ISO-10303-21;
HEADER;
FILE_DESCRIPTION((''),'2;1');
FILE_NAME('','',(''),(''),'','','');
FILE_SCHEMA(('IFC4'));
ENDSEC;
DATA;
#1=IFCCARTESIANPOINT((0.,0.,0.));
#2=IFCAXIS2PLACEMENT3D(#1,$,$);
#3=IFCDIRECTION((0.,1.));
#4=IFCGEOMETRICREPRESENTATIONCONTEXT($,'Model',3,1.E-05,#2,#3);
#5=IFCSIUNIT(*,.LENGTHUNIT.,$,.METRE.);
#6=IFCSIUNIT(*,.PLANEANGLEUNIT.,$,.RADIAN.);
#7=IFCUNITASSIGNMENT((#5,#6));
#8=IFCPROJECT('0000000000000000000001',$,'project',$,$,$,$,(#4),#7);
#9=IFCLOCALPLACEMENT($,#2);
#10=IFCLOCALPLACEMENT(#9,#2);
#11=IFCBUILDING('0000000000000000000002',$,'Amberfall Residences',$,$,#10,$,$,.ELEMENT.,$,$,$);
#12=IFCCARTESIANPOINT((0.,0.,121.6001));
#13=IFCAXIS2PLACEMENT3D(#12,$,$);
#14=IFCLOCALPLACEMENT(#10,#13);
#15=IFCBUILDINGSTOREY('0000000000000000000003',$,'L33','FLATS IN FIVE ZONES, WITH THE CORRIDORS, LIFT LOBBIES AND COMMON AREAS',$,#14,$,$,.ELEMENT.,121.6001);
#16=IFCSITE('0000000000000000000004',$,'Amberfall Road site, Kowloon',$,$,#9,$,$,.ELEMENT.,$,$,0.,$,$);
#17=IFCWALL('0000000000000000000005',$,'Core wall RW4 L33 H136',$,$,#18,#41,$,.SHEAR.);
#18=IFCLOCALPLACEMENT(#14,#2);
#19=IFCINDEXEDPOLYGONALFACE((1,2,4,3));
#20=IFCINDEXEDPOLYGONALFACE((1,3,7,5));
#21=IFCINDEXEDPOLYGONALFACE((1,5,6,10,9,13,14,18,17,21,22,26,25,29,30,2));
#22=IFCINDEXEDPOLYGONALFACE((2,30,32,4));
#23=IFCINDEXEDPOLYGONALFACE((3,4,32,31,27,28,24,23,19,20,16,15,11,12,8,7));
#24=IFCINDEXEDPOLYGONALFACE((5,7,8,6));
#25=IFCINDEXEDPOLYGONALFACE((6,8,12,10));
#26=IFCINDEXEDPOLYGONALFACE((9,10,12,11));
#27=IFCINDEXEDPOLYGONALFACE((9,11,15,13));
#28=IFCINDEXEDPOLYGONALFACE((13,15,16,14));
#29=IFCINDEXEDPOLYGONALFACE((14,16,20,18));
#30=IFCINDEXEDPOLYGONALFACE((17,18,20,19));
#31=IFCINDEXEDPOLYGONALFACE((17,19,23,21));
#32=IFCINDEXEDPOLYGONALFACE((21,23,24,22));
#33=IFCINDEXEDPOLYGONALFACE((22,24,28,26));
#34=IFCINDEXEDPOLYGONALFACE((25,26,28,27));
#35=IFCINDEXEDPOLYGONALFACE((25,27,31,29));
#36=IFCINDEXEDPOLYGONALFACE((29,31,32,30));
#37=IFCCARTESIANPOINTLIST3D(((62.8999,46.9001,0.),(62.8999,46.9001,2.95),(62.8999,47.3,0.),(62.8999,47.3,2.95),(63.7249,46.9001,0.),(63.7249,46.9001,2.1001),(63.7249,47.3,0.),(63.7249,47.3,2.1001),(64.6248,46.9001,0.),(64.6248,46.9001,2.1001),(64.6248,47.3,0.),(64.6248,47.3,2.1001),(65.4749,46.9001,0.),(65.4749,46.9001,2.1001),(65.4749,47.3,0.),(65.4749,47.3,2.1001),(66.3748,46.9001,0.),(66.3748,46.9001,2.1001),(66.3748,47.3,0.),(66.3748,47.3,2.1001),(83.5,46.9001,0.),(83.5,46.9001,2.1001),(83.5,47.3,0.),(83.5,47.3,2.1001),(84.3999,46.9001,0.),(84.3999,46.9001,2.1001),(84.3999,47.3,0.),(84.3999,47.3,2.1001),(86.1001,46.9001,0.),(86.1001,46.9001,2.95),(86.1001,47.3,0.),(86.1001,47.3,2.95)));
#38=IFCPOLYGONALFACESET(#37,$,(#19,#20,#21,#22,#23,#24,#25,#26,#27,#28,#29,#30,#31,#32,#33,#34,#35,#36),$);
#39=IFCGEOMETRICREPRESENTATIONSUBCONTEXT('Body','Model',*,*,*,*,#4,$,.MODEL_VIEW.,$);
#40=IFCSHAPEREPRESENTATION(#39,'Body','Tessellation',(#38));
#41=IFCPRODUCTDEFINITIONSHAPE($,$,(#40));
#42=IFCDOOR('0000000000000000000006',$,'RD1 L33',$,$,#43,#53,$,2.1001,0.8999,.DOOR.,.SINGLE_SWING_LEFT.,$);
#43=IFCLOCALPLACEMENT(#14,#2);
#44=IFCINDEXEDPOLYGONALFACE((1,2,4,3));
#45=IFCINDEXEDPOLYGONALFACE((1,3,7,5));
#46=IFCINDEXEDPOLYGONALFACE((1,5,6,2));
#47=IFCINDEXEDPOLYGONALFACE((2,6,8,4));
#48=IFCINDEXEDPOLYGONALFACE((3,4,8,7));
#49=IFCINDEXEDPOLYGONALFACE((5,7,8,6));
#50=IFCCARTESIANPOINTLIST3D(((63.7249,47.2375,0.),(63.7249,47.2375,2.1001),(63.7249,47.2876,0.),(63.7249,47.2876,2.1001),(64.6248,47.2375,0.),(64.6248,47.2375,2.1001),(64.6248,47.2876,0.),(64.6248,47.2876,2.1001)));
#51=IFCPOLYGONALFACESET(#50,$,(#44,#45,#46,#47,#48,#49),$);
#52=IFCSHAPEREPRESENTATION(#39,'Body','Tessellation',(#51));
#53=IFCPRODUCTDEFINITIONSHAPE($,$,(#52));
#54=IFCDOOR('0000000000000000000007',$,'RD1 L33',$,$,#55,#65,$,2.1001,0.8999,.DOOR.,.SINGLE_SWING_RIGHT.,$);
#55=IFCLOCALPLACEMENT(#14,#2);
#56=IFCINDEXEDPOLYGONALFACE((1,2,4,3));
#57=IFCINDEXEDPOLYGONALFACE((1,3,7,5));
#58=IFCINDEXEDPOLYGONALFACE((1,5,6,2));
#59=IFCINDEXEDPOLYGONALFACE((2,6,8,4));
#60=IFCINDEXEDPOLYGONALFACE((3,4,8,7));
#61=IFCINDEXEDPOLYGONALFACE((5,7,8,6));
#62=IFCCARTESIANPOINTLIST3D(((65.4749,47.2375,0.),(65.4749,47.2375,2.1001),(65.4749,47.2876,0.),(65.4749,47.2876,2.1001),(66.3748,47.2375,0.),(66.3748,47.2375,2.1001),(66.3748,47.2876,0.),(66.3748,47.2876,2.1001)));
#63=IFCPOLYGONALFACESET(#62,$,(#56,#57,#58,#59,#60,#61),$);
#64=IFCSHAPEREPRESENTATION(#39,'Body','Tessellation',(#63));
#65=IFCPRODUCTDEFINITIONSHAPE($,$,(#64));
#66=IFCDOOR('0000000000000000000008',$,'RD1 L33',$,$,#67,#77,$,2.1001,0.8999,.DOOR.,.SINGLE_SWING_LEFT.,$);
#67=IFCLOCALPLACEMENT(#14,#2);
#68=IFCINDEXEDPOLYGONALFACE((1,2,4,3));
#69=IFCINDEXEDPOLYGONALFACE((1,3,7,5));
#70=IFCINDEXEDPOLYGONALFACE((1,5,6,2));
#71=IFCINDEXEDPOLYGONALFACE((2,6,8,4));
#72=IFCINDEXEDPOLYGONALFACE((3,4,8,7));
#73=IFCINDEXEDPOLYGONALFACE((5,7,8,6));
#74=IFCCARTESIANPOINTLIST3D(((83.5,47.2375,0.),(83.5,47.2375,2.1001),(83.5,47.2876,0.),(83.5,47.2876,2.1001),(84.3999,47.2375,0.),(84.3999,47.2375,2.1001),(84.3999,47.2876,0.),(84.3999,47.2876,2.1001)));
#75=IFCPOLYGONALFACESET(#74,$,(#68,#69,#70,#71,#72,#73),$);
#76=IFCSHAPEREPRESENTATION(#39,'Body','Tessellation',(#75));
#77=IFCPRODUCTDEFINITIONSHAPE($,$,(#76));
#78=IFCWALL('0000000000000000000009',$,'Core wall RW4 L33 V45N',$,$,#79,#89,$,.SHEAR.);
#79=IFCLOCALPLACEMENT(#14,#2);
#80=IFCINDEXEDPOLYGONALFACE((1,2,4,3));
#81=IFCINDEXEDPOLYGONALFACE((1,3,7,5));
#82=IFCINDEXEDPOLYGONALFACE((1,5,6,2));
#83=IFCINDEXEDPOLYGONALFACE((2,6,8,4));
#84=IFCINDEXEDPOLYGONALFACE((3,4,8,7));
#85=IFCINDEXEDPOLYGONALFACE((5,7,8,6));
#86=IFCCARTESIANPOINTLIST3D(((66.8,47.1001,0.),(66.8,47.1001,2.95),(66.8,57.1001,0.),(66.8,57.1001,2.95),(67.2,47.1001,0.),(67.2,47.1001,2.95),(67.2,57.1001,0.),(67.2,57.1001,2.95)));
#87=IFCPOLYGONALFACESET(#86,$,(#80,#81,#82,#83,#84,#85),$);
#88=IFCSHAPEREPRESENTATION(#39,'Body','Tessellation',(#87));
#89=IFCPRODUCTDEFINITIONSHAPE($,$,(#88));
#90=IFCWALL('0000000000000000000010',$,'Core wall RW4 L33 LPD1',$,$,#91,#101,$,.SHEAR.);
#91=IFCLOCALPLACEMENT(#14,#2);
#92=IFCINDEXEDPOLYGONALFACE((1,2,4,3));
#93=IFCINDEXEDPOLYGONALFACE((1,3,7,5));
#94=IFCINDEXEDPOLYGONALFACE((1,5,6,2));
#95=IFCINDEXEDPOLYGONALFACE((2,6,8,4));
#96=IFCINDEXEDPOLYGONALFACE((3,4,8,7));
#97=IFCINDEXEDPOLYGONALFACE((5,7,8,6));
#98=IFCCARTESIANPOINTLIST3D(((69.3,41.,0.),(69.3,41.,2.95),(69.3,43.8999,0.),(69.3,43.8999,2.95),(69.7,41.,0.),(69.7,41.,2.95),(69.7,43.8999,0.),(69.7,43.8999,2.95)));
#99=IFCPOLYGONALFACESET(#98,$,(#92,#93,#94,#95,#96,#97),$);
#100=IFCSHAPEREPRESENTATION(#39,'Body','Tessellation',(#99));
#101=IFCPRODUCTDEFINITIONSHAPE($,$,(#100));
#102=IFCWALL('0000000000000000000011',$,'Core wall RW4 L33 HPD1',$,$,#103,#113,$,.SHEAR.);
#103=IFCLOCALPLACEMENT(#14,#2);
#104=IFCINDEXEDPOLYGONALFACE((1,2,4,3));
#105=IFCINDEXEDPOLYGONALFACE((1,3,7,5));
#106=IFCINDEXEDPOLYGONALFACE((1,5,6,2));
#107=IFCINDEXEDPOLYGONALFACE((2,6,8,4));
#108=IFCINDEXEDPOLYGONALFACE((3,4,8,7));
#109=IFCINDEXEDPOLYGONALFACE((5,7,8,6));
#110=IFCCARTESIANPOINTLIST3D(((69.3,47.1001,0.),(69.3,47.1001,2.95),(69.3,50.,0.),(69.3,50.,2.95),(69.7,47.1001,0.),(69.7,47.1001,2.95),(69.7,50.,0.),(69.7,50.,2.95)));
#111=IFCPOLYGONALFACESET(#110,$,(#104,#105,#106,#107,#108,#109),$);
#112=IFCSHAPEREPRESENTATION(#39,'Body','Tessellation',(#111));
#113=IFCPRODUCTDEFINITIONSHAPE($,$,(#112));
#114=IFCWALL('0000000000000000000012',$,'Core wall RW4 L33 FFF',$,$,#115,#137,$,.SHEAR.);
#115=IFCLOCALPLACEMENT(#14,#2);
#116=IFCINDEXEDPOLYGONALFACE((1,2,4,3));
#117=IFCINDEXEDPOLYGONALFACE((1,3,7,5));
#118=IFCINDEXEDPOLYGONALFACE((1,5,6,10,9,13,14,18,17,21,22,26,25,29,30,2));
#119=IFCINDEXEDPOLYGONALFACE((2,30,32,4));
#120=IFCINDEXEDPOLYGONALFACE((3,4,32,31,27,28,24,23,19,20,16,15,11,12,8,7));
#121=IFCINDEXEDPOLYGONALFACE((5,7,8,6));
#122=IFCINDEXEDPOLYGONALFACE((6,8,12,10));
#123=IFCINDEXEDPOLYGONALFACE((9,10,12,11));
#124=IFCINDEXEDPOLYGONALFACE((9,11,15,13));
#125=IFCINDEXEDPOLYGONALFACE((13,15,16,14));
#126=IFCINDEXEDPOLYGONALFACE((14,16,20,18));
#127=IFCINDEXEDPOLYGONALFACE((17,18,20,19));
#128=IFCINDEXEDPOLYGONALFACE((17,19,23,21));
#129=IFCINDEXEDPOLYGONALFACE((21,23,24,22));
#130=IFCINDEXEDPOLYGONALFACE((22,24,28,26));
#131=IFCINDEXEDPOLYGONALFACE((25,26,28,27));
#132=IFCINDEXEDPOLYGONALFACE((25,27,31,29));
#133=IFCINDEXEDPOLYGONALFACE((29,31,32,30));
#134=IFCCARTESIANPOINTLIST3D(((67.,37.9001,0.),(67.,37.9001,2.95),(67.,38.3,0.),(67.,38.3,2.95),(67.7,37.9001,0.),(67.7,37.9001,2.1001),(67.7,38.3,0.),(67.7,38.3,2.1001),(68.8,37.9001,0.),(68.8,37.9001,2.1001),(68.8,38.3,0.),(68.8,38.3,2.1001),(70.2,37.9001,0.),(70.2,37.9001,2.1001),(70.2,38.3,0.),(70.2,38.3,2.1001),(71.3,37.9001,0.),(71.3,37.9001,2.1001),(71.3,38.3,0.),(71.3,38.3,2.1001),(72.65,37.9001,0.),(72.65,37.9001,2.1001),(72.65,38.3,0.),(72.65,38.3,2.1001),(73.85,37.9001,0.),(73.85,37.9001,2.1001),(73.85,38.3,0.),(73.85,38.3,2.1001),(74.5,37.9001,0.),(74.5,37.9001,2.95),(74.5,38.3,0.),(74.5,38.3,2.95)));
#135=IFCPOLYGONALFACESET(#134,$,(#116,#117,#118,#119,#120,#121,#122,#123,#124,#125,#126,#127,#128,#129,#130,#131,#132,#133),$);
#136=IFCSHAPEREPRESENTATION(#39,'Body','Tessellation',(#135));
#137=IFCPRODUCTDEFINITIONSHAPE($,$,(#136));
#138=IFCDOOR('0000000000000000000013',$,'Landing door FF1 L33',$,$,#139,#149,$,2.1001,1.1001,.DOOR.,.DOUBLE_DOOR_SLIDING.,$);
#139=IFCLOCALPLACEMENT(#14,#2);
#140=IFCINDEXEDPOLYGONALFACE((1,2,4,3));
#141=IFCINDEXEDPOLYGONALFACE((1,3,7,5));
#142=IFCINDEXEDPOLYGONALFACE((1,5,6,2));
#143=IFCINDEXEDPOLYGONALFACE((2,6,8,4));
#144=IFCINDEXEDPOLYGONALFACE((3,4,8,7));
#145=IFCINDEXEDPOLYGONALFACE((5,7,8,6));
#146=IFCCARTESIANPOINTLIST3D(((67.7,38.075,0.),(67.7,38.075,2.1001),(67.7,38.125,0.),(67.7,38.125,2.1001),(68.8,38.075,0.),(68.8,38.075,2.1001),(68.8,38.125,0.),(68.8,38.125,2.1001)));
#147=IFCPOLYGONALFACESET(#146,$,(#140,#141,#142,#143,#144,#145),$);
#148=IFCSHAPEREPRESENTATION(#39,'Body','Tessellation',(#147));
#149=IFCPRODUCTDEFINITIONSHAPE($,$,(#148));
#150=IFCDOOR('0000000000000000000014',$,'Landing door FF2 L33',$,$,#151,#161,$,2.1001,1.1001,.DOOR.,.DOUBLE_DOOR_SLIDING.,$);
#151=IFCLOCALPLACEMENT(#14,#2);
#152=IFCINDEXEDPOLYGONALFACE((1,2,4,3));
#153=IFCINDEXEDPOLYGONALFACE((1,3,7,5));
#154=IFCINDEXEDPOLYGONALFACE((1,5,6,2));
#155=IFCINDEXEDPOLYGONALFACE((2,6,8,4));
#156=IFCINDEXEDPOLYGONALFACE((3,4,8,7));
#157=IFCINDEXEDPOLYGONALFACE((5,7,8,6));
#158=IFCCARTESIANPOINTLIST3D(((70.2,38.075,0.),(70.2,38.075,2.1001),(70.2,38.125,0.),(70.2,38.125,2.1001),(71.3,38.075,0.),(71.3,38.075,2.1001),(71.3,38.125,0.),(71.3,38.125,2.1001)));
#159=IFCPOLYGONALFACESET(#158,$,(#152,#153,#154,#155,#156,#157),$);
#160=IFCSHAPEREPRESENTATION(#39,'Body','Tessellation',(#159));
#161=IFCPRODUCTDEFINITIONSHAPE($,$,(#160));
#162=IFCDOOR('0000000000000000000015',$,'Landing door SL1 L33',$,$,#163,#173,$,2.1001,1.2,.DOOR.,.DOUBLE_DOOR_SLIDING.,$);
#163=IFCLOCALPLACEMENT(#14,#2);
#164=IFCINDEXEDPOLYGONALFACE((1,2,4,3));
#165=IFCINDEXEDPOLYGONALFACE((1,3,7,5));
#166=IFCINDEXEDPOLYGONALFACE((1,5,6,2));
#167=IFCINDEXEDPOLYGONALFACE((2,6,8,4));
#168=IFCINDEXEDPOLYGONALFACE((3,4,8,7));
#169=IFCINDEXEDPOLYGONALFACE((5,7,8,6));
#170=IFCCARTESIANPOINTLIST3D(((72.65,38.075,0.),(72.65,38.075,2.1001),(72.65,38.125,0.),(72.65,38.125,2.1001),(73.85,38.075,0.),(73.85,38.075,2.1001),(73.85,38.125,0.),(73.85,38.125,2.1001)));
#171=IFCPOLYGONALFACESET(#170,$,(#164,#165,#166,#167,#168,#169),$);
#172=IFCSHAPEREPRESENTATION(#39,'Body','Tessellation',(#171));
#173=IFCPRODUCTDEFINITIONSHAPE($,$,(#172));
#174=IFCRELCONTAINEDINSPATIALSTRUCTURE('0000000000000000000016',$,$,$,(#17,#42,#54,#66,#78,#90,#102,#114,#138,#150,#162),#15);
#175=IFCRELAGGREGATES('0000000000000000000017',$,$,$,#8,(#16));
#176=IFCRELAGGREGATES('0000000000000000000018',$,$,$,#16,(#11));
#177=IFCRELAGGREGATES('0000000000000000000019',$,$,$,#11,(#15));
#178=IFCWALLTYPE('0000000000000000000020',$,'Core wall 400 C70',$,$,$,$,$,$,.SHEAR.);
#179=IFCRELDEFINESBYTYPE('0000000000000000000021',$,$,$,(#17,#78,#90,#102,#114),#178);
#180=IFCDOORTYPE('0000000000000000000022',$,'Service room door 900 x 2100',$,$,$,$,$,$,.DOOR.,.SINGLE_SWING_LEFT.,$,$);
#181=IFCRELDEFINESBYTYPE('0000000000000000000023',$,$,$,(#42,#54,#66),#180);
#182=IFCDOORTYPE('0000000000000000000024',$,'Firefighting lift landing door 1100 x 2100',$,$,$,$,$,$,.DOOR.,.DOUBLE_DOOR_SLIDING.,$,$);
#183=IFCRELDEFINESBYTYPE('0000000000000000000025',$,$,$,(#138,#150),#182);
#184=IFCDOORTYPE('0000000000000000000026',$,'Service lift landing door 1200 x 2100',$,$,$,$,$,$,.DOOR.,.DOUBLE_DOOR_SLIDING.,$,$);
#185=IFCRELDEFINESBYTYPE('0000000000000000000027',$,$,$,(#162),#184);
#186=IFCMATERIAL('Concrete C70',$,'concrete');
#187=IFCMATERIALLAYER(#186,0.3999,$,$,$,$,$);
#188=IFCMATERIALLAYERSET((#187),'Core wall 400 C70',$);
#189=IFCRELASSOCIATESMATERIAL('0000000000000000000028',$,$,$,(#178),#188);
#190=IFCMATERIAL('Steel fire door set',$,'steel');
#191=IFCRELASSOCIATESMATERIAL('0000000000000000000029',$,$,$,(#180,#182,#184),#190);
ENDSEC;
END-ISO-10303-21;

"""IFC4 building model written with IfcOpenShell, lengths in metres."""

from ifc_helpers import new_model, si_unit, direction, frame, frame_2d, origin, place, context, subcontext, project, spatial, rectangle, extrude, material, layer, layer_set, type_object, element, fill, save


model = new_model("IFC4")

# Units and contexts
model_context = context("Model", 3, precision=1e-05, world=origin(), true_north=direction((0.0, 1.0)))
body_context = subcontext(model_context, "Body", "Model", "MODEL_VIEW")
ifc_project = project(units=[si_unit("LENGTHUNIT", "METRE"), si_unit("PLANEANGLEUNIT", "RADIAN")], contexts=[model_context])

# Site, building, storey
site_placement = place(None, origin())
site = spatial("IfcSite", under=ifc_project, at=site_placement, Name="Amberfall Road site, Kowloon", CompositionType="ELEMENT", RefElevation=0.0)
building_placement = place(site_placement, origin())
building = spatial("IfcBuilding", under=site, at=building_placement, Name="Amberfall Residences", CompositionType="ELEMENT")
storey_placement = place(building_placement, frame((0.0, 0.0, 121.6001)))
storey = spatial("IfcBuildingStorey", under=building, at=storey_placement, Name="L33", Description="FLATS IN FIVE ZONES, WITH THE CORRIDORS, LIFT LOBBIES AND COMMON AREAS", CompositionType="ELEMENT", Elevation=121.6001)

# Shared definitions
ifc_material_1 = material(Name="Concrete C70", Category="concrete")
ifc_layer = layer(ifc_material_1, 0.3999)
ifc_layer_set = layer_set([ifc_layer], Name="Core wall 400 C70")
wall_type = type_object("IfcWallType", Name="Core wall 400 C70", PredefinedType="SHEAR", material=ifc_layer_set)

# Wall, openings, doors
ifc_material_2 = material(Name="Steel fire door set", Category="steel")
door_type_1 = type_object("IfcDoorType", Name="Service room door 900 x 2100", OperationType="SINGLE_SWING_LEFT", PredefinedType="DOOR", material=ifc_material_2)
wall_1_placement = place(storey_placement, frame((62.8999, 47.1001, 0.0), z_axis=(0.0, 0.0, 1.0), x_axis=(1.0, 0.0, 0.0)))
wall_1 = element("IfcWall", 1, at=wall_1_placement, inside=storey, type_object=wall_type, Name="Core wall RW4 L33 H136", PredefinedType="SHEAR", context=body_context, shape_type="SweptSolid", body=[
    extrude(rectangle(XDim=23.2002, YDim=0.3999, at=frame_2d((11.6001, 0.0))), origin(), (0.0, 0.0, 1.0), 2.95),
])
opening_1_placement = place(wall_1_placement, frame((0.825, 0.0, 0.0)))
opening_1 = element("IfcOpeningElement", 2, at=opening_1_placement, cuts=wall_1, PredefinedType="OPENING", context=body_context, shape_type="SweptSolid", body=[
    extrude(rectangle(XDim=0.8999, YDim=2.1001, at=frame_2d((0.45, 1.05))), frame((0.0, 0.21, 0.0), z_axis=(0.0, -1.0, 0.0), x_axis=(1.0, 0.0, 0.0)), (0.0, 0.0, 1.0), 0.4199),
])
opening_2_placement = place(wall_1_placement, frame((2.575, 0.0, 0.0)))
opening_2 = element("IfcOpeningElement", 3, at=opening_2_placement, cuts=wall_1, PredefinedType="OPENING", context=body_context, shape_type="SweptSolid", body=[
    extrude(rectangle(XDim=0.8999, YDim=2.1001, at=frame_2d((0.45, 1.05))), frame((0.0, 0.21, 0.0), z_axis=(0.0, -1.0, 0.0), x_axis=(1.0, 0.0, 0.0)), (0.0, 0.0, 1.0), 0.4199),
])
opening_3_placement = place(wall_1_placement, frame((20.6001, 0.0, 0.0)))
opening_3 = element("IfcOpeningElement", 4, at=opening_3_placement, cuts=wall_1, PredefinedType="OPENING", context=body_context, shape_type="SweptSolid", body=[
    extrude(rectangle(XDim=0.8999, YDim=2.1001, at=frame_2d((0.45, 1.05))), frame((0.0, 0.21, 0.0), z_axis=(0.0, -1.0, 0.0), x_axis=(1.0, 0.0, 0.0)), (0.0, 0.0, 1.0), 0.4199),
])
door_1_placement = place(opening_1_placement, origin())
door_1 = element("IfcDoor", 5, at=door_1_placement, inside=storey, type_object=door_type_1, Name="RD1 L33", OperationType="SINGLE_SWING_LEFT", OverallHeight=2.1001, OverallWidth=0.8999, PredefinedType="DOOR", context=body_context, shape_type="SweptSolid", body=[
    extrude(rectangle(XDim=0.8999, YDim=2.1001, at=frame_2d((0.45, 1.05))), frame((0.0, 0.1875, 0.0), z_axis=(0.0, -1.0, 0.0), x_axis=(1.0, 0.0, 0.0)), (0.0, 0.0, 1.0), 0.05),
])
fill(opening_1, door_1)
door_2_placement = place(opening_2_placement, origin())
door_2 = element("IfcDoor", 6, at=door_2_placement, inside=storey, type_object=door_type_1, Name="RD1 L33", OperationType="SINGLE_SWING_RIGHT", OverallHeight=2.1001, OverallWidth=0.8999, PredefinedType="DOOR", context=body_context, shape_type="SweptSolid", body=[
    extrude(rectangle(XDim=0.8999, YDim=2.1001, at=frame_2d((0.45, 1.05))), frame((0.0, 0.1875, 0.0), z_axis=(0.0, -1.0, 0.0), x_axis=(1.0, 0.0, 0.0)), (0.0, 0.0, 1.0), 0.05),
])
fill(opening_2, door_2)
door_3_placement = place(opening_3_placement, origin())
door_3 = element("IfcDoor", 7, at=door_3_placement, inside=storey, type_object=door_type_1, Name="RD1 L33", OperationType="SINGLE_SWING_LEFT", OverallHeight=2.1001, OverallWidth=0.8999, PredefinedType="DOOR", context=body_context, shape_type="SweptSolid", body=[
    extrude(rectangle(XDim=0.8999, YDim=2.1001, at=frame_2d((0.45, 1.05))), frame((0.0, 0.1875, 0.0), z_axis=(0.0, -1.0, 0.0), x_axis=(1.0, 0.0, 0.0)), (0.0, 0.0, 1.0), 0.05),
])
fill(opening_3, door_3)

# Walls
wall_2_placement = place(storey_placement, frame((67.0, 47.1001, 0.0), z_axis=(0.0, 0.0, 1.0), x_axis=(0.0, 1.0, 0.0)))
element("IfcWall", 8, at=wall_2_placement, inside=storey, type_object=wall_type, Name="Core wall RW4 L33 V45N", PredefinedType="SHEAR", context=body_context, shape_type="SweptSolid", body=[
    extrude(rectangle(XDim=10.0, YDim=0.3999, at=frame_2d((5.0, 0.0))), origin(), (0.0, 0.0, 1.0), 2.95),
])
for number, where, z_axis, x_axis, name in (
    (9, (69.5, 41.0, 0.0), (0.0, 0.0, 1.0), (0.0, 1.0, 0.0), "Core wall RW4 L33 LPD1"),
    (10, (69.5, 47.1001, 0.0), (0.0, 0.0, 1.0), (0.0, 1.0, 0.0), "Core wall RW4 L33 HPD1"),
):
    element("IfcWall", number, at=place(storey_placement, frame(where, z_axis=z_axis, x_axis=x_axis)), inside=storey, type_object=wall_type, Name=name, PredefinedType="SHEAR", context=body_context, shape_type="SweptSolid", body=[
        extrude(rectangle(XDim=2.8999, YDim=0.3999, at=frame_2d((1.45, 0.0))), origin(), (0.0, 0.0, 1.0), 2.95),
    ])

# Wall, openings, doors
wall_3_placement = place(storey_placement, frame((67.0, 38.1001, 0.0), z_axis=(0.0, 0.0, 1.0), x_axis=(1.0, 0.0, 0.0)))
wall_3 = element("IfcWall", 11, at=wall_3_placement, inside=storey, type_object=wall_type, Name="Core wall RW4 L33 FFF", PredefinedType="SHEAR", context=body_context, shape_type="SweptSolid", body=[
    extrude(rectangle(XDim=7.5, YDim=0.3999, at=frame_2d((3.75, 0.0))), origin(), (0.0, 0.0, 1.0), 2.95),
])
opening_4_placement = place(wall_3_placement, frame((0.7, 0.0, 0.0)))
opening_4 = element("IfcOpeningElement", 12, at=opening_4_placement, cuts=wall_3, PredefinedType="OPENING", context=body_context, shape_type="SweptSolid", body=[
    extrude(rectangle(XDim=1.1001, YDim=2.1001, at=frame_2d((0.55, 1.05))), frame((0.0, 0.21, 0.0), z_axis=(0.0, -1.0, 0.0), x_axis=(1.0, 0.0, 0.0)), (0.0, 0.0, 1.0), 0.4199),
])
opening_5_placement = place(wall_3_placement, frame((3.2, 0.0, 0.0)))
opening_5 = element("IfcOpeningElement", 13, at=opening_5_placement, cuts=wall_3, PredefinedType="OPENING", context=body_context, shape_type="SweptSolid", body=[
    extrude(rectangle(XDim=1.1001, YDim=2.1001, at=frame_2d((0.55, 1.05))), frame((0.0, 0.21, 0.0), z_axis=(0.0, -1.0, 0.0), x_axis=(1.0, 0.0, 0.0)), (0.0, 0.0, 1.0), 0.4199),
])
opening_6_placement = place(wall_3_placement, frame((5.6499, 0.0, 0.0)))
opening_6 = element("IfcOpeningElement", 14, at=opening_6_placement, cuts=wall_3, PredefinedType="OPENING", context=body_context, shape_type="SweptSolid", body=[
    extrude(rectangle(XDim=1.2, YDim=2.1001, at=frame_2d((0.6001, 1.05))), frame((0.0, 0.21, 0.0), z_axis=(0.0, -1.0, 0.0), x_axis=(1.0, 0.0, 0.0)), (0.0, 0.0, 1.0), 0.4199),
])
door_type_2 = type_object("IfcDoorType", Name="Firefighting lift landing door 1100 x 2100", OperationType="DOUBLE_DOOR_SLIDING", PredefinedType="DOOR", material=ifc_material_2)
door_4_placement = place(opening_4_placement, origin())
door_4 = element("IfcDoor", 15, at=door_4_placement, inside=storey, type_object=door_type_2, Name="Landing door FF1 L33", OperationType="DOUBLE_DOOR_SLIDING", OverallHeight=2.1001, OverallWidth=1.1001, PredefinedType="DOOR", context=body_context, shape_type="SweptSolid", body=[
    extrude(rectangle(XDim=1.1001, YDim=2.1001, at=frame_2d((0.55, 1.05))), frame((0.0, 0.0249, 0.0), z_axis=(0.0, -1.0, 0.0), x_axis=(1.0, 0.0, 0.0)), (0.0, 0.0, 1.0), 0.05),
])
fill(opening_4, door_4)
door_5_placement = place(opening_5_placement, origin())
door_5 = element("IfcDoor", 16, at=door_5_placement, inside=storey, type_object=door_type_2, Name="Landing door FF2 L33", OperationType="DOUBLE_DOOR_SLIDING", OverallHeight=2.1001, OverallWidth=1.1001, PredefinedType="DOOR", context=body_context, shape_type="SweptSolid", body=[
    extrude(rectangle(XDim=1.1001, YDim=2.1001, at=frame_2d((0.55, 1.05))), frame((0.0, 0.0249, 0.0), z_axis=(0.0, -1.0, 0.0), x_axis=(1.0, 0.0, 0.0)), (0.0, 0.0, 1.0), 0.05),
])
fill(opening_5, door_5)
door_type_3 = type_object("IfcDoorType", Name="Service lift landing door 1200 x 2100", OperationType="DOUBLE_DOOR_SLIDING", PredefinedType="DOOR", material=ifc_material_2)
door_6_placement = place(opening_6_placement, origin())
door_6 = element("IfcDoor", 17, at=door_6_placement, inside=storey, type_object=door_type_3, Name="Landing door SL1 L33", OperationType="DOUBLE_DOOR_SLIDING", OverallHeight=2.1001, OverallWidth=1.2, PredefinedType="DOOR", context=body_context, shape_type="SweptSolid", body=[
    extrude(rectangle(XDim=1.2, YDim=2.1001, at=frame_2d((0.6001, 1.05))), frame((0.0, 0.0249, 0.0), z_axis=(0.0, -1.0, 0.0), x_axis=(1.0, 0.0, 0.0)), (0.0, 0.0, 1.0), 0.05),
])
fill(opening_6, door_6)

save(model, "model.ifc")
